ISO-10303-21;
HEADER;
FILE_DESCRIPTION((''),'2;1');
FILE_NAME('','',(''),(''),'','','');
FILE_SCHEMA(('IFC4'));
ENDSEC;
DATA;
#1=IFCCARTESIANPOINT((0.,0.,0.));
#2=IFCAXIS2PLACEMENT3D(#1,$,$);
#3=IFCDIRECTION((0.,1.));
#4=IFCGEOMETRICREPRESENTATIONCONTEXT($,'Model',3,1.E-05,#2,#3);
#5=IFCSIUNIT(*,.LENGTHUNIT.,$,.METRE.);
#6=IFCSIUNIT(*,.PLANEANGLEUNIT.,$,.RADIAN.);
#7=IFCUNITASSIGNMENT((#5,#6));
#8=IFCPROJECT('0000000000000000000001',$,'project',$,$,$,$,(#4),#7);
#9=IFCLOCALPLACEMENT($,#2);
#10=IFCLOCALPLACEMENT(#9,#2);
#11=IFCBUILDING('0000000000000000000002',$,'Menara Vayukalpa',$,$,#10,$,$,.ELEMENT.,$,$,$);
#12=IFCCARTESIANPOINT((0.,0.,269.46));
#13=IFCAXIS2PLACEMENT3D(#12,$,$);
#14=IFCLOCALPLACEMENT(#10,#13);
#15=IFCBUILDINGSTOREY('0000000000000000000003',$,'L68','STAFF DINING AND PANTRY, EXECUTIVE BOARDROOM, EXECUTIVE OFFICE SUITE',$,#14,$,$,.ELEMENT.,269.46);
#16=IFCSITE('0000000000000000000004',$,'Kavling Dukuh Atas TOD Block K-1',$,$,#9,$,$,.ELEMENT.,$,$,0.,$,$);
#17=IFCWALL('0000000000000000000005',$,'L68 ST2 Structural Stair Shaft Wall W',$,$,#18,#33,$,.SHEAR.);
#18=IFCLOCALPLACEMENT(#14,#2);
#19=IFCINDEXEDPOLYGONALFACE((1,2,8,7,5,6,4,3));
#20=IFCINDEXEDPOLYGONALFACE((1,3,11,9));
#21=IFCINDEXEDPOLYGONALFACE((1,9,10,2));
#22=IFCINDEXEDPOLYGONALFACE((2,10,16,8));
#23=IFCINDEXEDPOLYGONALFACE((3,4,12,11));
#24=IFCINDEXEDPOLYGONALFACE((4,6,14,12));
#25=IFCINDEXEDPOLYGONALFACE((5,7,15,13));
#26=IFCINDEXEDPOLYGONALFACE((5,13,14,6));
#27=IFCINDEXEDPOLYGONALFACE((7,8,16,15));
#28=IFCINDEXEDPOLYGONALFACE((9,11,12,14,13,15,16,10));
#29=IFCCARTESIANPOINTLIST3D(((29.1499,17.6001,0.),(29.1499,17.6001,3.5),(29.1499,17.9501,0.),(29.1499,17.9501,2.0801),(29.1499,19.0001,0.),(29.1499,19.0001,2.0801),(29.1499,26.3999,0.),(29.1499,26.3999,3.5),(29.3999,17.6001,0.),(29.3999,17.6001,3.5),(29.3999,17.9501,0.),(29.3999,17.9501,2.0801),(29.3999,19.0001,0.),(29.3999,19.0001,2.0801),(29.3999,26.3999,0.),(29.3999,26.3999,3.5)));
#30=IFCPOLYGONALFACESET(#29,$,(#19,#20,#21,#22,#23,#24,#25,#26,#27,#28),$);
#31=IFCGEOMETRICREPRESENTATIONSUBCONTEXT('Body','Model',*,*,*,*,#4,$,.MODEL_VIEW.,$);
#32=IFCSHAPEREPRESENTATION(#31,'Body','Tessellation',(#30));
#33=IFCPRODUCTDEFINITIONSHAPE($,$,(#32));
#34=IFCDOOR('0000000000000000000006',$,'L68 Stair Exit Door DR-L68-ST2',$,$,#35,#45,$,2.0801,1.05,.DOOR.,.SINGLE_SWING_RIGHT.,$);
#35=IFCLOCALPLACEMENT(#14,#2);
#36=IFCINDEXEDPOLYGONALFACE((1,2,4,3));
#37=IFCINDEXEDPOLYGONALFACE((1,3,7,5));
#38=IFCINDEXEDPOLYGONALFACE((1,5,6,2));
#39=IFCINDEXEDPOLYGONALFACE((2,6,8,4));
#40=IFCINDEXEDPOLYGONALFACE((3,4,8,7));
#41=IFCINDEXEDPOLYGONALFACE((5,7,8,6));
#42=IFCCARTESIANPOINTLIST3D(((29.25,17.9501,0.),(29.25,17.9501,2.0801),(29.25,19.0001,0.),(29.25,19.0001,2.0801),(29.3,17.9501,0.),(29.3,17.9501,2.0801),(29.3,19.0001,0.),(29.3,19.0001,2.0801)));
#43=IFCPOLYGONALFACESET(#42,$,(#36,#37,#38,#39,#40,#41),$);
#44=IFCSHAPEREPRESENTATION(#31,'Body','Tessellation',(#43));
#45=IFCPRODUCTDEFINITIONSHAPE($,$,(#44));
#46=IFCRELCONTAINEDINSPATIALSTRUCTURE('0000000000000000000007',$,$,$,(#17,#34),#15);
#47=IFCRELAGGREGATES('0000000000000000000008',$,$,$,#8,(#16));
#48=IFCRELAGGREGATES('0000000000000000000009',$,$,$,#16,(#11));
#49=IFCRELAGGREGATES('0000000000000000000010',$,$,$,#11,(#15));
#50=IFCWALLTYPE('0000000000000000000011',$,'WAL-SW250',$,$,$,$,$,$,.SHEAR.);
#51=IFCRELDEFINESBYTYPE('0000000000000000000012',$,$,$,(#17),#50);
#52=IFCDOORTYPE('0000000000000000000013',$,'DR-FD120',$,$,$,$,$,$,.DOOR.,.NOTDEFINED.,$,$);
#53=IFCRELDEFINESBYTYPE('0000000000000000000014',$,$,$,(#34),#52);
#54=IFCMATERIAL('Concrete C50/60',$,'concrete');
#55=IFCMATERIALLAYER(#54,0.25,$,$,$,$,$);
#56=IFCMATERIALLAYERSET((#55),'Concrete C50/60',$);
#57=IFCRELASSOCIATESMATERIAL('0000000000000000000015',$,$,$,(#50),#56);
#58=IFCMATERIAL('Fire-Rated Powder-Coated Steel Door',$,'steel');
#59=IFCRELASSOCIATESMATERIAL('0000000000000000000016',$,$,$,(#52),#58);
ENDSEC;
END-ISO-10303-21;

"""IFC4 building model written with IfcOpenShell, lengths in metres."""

from ifc_helpers import new_model, si_unit, direction, frame, frame_2d, origin, place, context, subcontext, project, spatial, rectangle, extrude, material, layer, layer_set, type_object, element, fill, save


model = new_model("IFC4")

# Units and contexts
model_context = context("Model", 3, precision=1e-05, world=origin(), true_north=direction((0.0, 1.0)))
body_context = subcontext(model_context, "Body", "Model", "MODEL_VIEW")
ifc_project = project(units=[si_unit("LENGTHUNIT", "METRE"), si_unit("PLANEANGLEUNIT", "RADIAN")], contexts=[model_context])

# Site, building, storey
site_placement = place(None, origin())
site = spatial("IfcSite", under=ifc_project, at=site_placement, Name="Kavling Dukuh Atas TOD Block K-1", CompositionType="ELEMENT", RefElevation=0.0)
building_placement = place(site_placement, origin())
building = spatial("IfcBuilding", under=site, at=building_placement, Name="Menara Vayukalpa", CompositionType="ELEMENT")
storey_placement = place(building_placement, frame((0.0, 0.0, 269.46)))
storey = spatial("IfcBuildingStorey", under=building, at=storey_placement, Name="L68", Description="STAFF DINING AND PANTRY, EXECUTIVE BOARDROOM, EXECUTIVE OFFICE SUITE", CompositionType="ELEMENT", Elevation=269.46)

# Wall, opening, door
ifc_material_1 = material(Name="Concrete C50/60", Category="concrete")
ifc_layer_1 = layer(ifc_material_1, 0.25)
ifc_layer_set_1 = layer_set([ifc_layer_1], Name="Concrete C50/60")
wall_type_1 = type_object("IfcWallType", Name="WAL-SW250", PredefinedType="SHEAR", material=ifc_layer_set_1)
wall_1_placement = place(storey_placement, frame((29.2749, 17.6001, 0.0), z_axis=(0.0, 0.0, 1.0), x_axis=(0.0, 1.0, 0.0)))
wall_1 = element("IfcWall", 1, at=wall_1_placement, inside=storey, type_object=wall_type_1, Name="L68 ST2 Structural Stair Shaft Wall W", PredefinedType="SHEAR", context=body_context, shape_type="SweptSolid", body=[
    extrude(rectangle(XDim=8.7998, YDim=0.25, at=frame_2d((4.3999, 0.0))), origin(), (0.0, 0.0, 1.0), 3.5),
])
opening_1_placement = place(wall_1_placement, frame((0.3501, 0.0, 0.0)))
opening_1 = element("IfcOpeningElement", 2, at=opening_1_placement, cuts=wall_1, PredefinedType="OPENING", context=body_context, shape_type="SweptSolid", body=[
    extrude(rectangle(XDim=1.05, YDim=2.0801, at=frame_2d((0.5249, 1.04))), frame((0.0, 0.135, 0.0), z_axis=(0.0, -1.0, 0.0), x_axis=(1.0, 0.0, 0.0)), (0.0, 0.0, 1.0), 0.27),
])
ifc_material_2 = material(Name="Fire-Rated Powder-Coated Steel Door", Category="steel")
door_type_1 = type_object("IfcDoorType", Name="DR-FD120", OperationType="NOTDEFINED", PredefinedType="DOOR", material=ifc_material_2)
door_1_placement = place(opening_1_placement, origin())
door_1 = element("IfcDoor", 3, at=door_1_placement, inside=storey, type_object=door_type_1, Name="L68 Stair Exit Door DR-L68-ST2", OperationType="SINGLE_SWING_RIGHT", OverallHeight=2.0801, OverallWidth=1.05, PredefinedType="DOOR", context=body_context, shape_type="SweptSolid", body=[
    extrude(rectangle(XDim=1.05, YDim=2.0801, at=frame_2d((0.5249, 1.04))), frame((0.0, 0.0249, 0.0), z_axis=(0.0, -1.0, 0.0), x_axis=(1.0, 0.0, 0.0)), (0.0, 0.0, 1.0), 0.05),
])
fill(opening_1, door_1)

save(model, "model.ifc")
